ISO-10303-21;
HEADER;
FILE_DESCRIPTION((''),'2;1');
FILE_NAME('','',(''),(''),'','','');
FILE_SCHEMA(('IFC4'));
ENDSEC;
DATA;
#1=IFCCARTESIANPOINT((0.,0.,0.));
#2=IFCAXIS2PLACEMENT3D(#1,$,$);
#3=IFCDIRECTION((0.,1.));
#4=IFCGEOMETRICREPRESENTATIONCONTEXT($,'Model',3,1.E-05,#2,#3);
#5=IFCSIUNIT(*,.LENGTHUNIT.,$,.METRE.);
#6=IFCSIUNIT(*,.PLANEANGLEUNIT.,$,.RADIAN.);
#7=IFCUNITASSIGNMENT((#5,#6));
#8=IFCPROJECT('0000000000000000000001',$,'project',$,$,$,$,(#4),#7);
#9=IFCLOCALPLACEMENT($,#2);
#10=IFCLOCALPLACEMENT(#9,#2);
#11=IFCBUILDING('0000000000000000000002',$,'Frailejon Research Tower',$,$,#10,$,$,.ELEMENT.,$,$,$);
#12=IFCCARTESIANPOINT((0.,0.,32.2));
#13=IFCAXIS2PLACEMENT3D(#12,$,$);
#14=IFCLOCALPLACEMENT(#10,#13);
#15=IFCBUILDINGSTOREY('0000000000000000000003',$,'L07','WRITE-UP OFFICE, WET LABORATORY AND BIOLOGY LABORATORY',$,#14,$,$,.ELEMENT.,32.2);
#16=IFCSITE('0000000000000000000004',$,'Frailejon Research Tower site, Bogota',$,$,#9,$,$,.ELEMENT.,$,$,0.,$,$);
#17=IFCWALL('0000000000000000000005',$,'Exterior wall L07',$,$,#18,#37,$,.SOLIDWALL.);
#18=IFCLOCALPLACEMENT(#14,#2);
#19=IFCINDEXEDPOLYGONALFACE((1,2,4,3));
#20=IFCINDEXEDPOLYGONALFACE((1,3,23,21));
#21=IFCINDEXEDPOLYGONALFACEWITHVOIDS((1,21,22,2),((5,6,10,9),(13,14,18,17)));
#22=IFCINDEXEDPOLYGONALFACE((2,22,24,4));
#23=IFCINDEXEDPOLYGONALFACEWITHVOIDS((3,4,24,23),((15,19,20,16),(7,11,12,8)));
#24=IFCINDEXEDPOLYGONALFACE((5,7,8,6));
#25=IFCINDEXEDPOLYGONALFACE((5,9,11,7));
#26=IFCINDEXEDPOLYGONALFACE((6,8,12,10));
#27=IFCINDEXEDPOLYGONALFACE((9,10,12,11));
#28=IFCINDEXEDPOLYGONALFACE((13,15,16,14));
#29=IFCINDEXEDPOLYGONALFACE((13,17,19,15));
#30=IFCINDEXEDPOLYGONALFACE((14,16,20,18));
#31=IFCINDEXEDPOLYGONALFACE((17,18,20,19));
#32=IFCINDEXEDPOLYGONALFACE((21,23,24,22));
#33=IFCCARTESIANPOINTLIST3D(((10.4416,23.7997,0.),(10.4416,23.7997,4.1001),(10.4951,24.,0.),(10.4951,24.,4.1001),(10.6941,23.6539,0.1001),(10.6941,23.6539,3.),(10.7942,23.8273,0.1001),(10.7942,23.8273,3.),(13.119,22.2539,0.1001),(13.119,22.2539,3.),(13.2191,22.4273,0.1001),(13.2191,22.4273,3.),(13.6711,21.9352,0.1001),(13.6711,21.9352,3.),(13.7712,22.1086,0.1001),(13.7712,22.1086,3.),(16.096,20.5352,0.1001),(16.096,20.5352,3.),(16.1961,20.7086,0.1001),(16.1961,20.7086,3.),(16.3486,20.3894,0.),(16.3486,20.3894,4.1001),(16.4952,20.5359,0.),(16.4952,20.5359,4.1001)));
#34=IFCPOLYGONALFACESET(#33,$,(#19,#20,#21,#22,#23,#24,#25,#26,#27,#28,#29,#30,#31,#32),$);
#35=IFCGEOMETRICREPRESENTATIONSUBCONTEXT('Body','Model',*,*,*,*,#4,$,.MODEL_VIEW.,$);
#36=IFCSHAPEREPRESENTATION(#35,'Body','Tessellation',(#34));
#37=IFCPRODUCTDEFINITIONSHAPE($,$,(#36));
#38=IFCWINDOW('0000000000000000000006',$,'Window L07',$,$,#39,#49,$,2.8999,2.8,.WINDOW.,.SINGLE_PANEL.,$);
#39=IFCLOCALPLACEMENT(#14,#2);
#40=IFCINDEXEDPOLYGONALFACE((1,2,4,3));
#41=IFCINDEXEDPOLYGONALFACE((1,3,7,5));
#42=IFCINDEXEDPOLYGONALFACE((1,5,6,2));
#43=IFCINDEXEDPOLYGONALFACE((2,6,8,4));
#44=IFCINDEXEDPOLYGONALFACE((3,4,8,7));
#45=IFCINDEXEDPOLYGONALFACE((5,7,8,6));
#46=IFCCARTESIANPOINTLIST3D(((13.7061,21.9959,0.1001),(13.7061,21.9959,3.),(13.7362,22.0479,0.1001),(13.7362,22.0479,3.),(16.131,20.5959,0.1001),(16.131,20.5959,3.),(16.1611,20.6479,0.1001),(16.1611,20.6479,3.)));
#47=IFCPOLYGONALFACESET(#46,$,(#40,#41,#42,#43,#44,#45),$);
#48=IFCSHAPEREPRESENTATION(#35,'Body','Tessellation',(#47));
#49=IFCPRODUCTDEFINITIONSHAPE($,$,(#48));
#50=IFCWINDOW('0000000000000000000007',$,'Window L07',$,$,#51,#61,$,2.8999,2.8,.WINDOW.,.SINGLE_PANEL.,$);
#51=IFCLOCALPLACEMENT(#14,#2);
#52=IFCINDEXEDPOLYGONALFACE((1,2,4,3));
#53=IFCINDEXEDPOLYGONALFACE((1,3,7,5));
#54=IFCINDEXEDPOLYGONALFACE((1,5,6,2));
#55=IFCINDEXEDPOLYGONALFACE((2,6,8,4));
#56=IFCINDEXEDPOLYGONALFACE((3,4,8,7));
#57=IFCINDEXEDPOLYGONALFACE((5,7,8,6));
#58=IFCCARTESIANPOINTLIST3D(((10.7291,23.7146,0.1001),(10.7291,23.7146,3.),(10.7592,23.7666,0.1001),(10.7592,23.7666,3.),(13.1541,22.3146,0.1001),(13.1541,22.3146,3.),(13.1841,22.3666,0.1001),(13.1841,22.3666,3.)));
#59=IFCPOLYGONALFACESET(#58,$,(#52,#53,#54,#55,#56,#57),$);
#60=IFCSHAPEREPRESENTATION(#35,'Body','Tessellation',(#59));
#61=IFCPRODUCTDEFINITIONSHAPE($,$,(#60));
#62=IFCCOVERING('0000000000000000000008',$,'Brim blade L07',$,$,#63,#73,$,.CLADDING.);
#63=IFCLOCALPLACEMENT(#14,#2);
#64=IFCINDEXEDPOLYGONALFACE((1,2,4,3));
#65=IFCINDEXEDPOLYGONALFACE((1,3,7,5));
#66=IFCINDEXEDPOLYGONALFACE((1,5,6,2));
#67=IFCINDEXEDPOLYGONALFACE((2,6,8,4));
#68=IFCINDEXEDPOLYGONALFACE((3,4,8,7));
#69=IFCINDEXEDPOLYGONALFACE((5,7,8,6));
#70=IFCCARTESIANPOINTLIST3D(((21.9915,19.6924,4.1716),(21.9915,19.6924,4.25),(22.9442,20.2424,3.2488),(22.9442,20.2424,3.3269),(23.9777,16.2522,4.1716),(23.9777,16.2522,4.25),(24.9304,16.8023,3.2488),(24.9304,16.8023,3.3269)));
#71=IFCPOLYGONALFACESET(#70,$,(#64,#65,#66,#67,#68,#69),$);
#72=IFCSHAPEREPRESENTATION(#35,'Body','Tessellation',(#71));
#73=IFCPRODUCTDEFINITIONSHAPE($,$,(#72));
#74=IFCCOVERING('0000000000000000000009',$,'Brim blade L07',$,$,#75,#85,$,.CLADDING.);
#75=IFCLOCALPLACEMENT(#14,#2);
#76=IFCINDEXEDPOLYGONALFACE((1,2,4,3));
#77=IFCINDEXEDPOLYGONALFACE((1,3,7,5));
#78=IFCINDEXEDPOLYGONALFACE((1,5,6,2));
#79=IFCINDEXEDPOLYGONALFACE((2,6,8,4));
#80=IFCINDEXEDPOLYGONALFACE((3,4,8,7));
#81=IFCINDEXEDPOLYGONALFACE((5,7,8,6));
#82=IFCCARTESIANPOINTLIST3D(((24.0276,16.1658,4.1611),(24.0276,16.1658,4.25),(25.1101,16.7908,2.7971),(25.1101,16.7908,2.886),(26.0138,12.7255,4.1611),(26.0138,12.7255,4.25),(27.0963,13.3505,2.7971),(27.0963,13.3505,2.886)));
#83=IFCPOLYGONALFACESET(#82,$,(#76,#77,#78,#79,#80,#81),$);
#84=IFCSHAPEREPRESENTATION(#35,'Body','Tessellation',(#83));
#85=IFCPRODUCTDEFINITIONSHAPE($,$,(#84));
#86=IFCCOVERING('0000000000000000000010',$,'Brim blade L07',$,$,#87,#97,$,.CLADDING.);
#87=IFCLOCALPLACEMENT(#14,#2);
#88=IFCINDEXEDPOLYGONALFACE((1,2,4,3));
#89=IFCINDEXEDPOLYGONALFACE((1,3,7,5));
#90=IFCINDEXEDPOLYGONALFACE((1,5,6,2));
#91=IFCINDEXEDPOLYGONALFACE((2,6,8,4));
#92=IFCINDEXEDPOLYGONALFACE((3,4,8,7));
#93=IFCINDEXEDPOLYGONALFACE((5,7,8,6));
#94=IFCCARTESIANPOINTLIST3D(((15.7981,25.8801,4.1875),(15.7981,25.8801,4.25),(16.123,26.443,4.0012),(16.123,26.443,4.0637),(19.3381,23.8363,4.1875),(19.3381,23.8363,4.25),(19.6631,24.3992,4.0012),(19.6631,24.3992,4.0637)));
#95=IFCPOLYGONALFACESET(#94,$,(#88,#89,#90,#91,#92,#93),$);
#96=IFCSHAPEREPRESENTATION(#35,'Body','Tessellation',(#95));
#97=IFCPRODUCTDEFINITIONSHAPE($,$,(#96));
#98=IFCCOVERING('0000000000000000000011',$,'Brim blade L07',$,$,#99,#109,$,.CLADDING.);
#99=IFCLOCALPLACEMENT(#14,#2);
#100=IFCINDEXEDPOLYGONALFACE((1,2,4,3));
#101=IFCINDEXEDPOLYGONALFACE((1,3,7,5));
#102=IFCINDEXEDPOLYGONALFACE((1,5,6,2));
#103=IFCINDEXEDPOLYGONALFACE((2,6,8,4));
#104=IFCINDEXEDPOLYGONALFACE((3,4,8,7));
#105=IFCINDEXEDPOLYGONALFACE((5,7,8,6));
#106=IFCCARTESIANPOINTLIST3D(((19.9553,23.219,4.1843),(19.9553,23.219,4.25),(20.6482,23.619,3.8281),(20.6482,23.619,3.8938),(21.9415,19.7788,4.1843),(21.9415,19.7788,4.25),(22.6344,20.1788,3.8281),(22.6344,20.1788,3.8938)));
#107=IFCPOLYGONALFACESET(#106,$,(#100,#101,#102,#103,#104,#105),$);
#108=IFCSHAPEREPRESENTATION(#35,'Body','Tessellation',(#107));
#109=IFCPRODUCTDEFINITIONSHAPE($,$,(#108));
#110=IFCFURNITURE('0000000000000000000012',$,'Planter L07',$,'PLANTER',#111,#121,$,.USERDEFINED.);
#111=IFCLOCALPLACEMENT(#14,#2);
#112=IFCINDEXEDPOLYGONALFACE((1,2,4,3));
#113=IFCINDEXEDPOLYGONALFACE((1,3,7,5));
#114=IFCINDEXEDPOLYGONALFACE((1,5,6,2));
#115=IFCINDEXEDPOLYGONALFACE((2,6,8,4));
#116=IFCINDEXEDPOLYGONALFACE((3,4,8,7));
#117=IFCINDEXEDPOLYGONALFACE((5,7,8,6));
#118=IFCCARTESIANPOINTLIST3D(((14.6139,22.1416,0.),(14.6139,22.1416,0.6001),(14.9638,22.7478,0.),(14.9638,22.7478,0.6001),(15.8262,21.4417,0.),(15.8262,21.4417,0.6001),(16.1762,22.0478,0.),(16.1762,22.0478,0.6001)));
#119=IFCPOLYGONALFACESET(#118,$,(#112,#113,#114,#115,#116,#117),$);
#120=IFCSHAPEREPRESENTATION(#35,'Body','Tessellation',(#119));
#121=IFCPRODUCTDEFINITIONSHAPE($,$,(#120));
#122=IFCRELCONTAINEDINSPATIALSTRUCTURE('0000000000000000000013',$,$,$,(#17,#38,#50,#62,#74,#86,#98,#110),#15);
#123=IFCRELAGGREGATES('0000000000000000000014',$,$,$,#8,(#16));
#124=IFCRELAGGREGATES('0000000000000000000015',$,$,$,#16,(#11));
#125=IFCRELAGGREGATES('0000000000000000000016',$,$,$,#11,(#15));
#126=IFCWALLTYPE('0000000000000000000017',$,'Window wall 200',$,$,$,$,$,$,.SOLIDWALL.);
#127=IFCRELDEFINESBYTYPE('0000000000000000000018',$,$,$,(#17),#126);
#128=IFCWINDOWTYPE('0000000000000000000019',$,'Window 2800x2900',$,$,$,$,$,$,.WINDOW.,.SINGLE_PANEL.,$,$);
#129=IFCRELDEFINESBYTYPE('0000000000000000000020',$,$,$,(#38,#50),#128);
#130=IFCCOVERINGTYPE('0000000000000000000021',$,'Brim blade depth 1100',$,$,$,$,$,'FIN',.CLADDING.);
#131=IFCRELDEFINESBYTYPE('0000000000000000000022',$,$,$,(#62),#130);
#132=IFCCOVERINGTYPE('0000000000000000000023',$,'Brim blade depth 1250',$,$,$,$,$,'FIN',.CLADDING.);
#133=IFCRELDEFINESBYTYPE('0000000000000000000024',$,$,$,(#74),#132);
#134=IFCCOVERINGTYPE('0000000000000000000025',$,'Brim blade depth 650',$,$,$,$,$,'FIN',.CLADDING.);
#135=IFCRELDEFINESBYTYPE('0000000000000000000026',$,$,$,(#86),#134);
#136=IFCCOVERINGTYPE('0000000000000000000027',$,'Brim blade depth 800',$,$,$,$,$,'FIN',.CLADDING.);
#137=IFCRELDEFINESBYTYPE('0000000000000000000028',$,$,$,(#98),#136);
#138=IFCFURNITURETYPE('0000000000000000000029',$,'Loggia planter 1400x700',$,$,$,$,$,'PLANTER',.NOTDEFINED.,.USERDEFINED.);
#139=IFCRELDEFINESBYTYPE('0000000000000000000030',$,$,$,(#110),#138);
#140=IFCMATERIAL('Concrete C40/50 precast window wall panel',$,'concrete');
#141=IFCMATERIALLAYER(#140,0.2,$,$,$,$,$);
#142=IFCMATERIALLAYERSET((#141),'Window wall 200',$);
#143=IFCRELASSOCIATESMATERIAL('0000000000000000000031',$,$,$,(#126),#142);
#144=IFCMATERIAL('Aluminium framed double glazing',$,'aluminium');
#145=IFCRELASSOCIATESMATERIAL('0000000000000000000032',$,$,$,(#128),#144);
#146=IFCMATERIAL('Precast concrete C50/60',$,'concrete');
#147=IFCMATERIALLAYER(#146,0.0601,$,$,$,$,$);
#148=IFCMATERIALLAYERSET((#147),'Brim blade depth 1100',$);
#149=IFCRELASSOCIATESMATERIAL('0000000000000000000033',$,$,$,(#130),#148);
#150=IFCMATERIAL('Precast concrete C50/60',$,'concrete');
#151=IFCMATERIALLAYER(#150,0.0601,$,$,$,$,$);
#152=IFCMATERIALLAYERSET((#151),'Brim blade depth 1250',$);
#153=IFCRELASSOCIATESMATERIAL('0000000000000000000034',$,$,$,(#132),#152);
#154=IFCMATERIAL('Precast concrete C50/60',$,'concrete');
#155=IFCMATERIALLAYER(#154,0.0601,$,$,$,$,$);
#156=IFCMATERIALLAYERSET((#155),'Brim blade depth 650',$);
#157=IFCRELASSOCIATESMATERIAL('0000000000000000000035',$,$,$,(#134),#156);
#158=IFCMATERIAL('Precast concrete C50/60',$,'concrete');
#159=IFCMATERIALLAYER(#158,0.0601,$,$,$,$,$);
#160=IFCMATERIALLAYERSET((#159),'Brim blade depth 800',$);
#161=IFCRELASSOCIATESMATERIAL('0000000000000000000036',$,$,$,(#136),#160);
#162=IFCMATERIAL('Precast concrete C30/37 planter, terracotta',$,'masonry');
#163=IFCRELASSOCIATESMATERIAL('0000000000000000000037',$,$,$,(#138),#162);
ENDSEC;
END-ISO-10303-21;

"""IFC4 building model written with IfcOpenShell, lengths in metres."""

from ifc_helpers import new_model, si_unit, direction, frame, frame_2d, origin, origin_2d, place, context, subcontext, project, spatial, polyline, rectangle, outline, extrude, material, layer, layer_set, type_object, element, fill, save


model = new_model("IFC4")

# Units and contexts
model_context = context("Model", 3, precision=1e-05, world=origin(), true_north=direction((0.0, 1.0)))
body_context = subcontext(model_context, "Body", "Model", "MODEL_VIEW")
ifc_project = project(units=[si_unit("LENGTHUNIT", "METRE"), si_unit("PLANEANGLEUNIT", "RADIAN")], contexts=[model_context])

# Site, building, storey
site_placement = place(None, origin())
site = spatial("IfcSite", under=ifc_project, at=site_placement, Name="Frailejon Research Tower site, Bogota", CompositionType="ELEMENT", RefElevation=0.0)
building_placement = place(site_placement, origin())
building = spatial("IfcBuilding", under=site, at=building_placement, Name="Frailejon Research Tower", CompositionType="ELEMENT")
storey_placement = place(building_placement, frame((0.0, 0.0, 32.2)))
storey = spatial("IfcBuildingStorey", under=building, at=storey_placement, Name="L07", Description="WRITE-UP OFFICE, WET LABORATORY AND BIOLOGY LABORATORY", CompositionType="ELEMENT", Elevation=32.2)

# Wall, openings, windows
ifc_material_1 = material(Name="Concrete C40/50 precast window wall panel", Category="concrete")
ifc_layer_1 = layer(ifc_material_1, 0.2)
ifc_layer_set_1 = layer_set([ifc_layer_1], Name="Window wall 200")
wall_type_1 = type_object("IfcWallType", Name="Window wall 200", PredefinedType="SOLIDWALL", material=ifc_layer_set_1)
wall_1_placement = place(storey_placement, frame((16.4219, 20.4626, 0.0), z_axis=(0.0, 0.0, 1.0), x_axis=(-0.866029, 0.499993, 0.0)))
wall_1 = element("IfcWall", 1, at=wall_1_placement, inside=storey, type_object=wall_type_1, Name="Exterior wall L07", PredefinedType="SOLIDWALL", context=body_context, shape_type="SweptSolid", body=[
    extrude(outline(polyline([(-0.0269, -0.1001), (1.1279, -0.1001), (2.2825, -0.1001), (3.4373, -0.1001), (4.592, -0.1001), (5.7466, -0.1001), (6.9014, -0.1001), (6.8477, 0.1001), (5.7109, 0.1001), (4.574, 0.1001), (3.4373, 0.1001), (2.3005, 0.1001), (1.1636, 0.1001), (0.0269, 0.1001), (-0.0269, -0.1001)])), origin(), (0.0, 0.0, 1.0), 4.1001),
])
opening_1_placement = place(wall_1_placement, frame((0.3186, 0.0, 0.1001)))
opening_1 = element("IfcOpeningElement", 2, at=opening_1_placement, cuts=wall_1, PredefinedType="OPENING", context=body_context, shape_type="SweptSolid", body=[
    extrude(rectangle(XDim=2.8, YDim=2.8999, at=frame_2d((1.3999, 1.45))), frame((0.0, 0.1099, 0.0), z_axis=(0.0, -1.0, 0.0), x_axis=(1.0, 0.0, 0.0)), (0.0, 0.0, 1.0), 0.22),
])
opening_2_placement = place(wall_1_placement, frame((3.7561, 0.0, 0.1001)))
opening_2 = element("IfcOpeningElement", 3, at=opening_2_placement, cuts=wall_1, PredefinedType="OPENING", context=body_context, shape_type="SweptSolid", body=[
    extrude(rectangle(XDim=2.8, YDim=2.8999, at=frame_2d((1.3999, 1.45))), frame((0.0, 0.1099, 0.0), z_axis=(0.0, -1.0, 0.0), x_axis=(1.0, 0.0, 0.0)), (0.0, 0.0, 1.0), 0.22),
])
ifc_material_2 = material(Name="Aluminium framed double glazing", Category="aluminium")
window_type = type_object("IfcWindowType", Name="Window 2800x2900", PartitioningType="SINGLE_PANEL", PredefinedType="WINDOW", material=ifc_material_2)
window_1_placement = place(opening_1_placement, origin())
window_1 = element("IfcWindow", 4, at=window_1_placement, inside=storey, type_object=window_type, Name="Window L07", OverallHeight=2.8999, OverallWidth=2.8, PartitioningType="SINGLE_PANEL", PredefinedType="WINDOW", context=body_context, shape_type="SweptSolid", body=[
    extrude(rectangle(XDim=2.8, YDim=2.8999, at=frame_2d((1.3999, 1.45))), frame((0.0, 0.03, 0.0), z_axis=(0.0, -1.0, 0.0), x_axis=(1.0, 0.0, 0.0)), (0.0, 0.0, 1.0), 0.0601),
])
fill(opening_1, window_1)
window_2_placement = place(opening_2_placement, origin())
window_2 = element("IfcWindow", 5, at=window_2_placement, inside=storey, type_object=window_type, Name="Window L07", OverallHeight=2.8999, OverallWidth=2.8, PartitioningType="SINGLE_PANEL", PredefinedType="WINDOW", context=body_context, shape_type="SweptSolid", body=[
    extrude(rectangle(XDim=2.8, YDim=2.8999, at=frame_2d((1.3999, 1.45))), frame((0.0, 0.03, 0.0), z_axis=(0.0, -1.0, 0.0), x_axis=(1.0, 0.0, 0.0)), (0.0, 0.0, 1.0), 0.0601),
])
fill(opening_2, window_2)

# Coverings
ifc_material_3 = material(Name="Precast concrete C50/60", Category="concrete")
ifc_layer_2 = layer(ifc_material_3, 0.0601)
ifc_layer_set_2 = layer_set([ifc_layer_2], Name="Brim blade depth 1100")
covering_type_1 = type_object("IfcCoveringType", Name="Brim blade depth 1100", ElementType="FIN", PredefinedType="CLADDING", material=ifc_layer_set_2)
covering_1_placement = place(storey_placement, frame((21.9915, 19.6924, 4.25), z_axis=(0.500011, -0.866019, 0.0), x_axis=(0.866019, 0.500011, 0.0)))
element("IfcCovering", 6, at=covering_1_placement, inside=storey, type_object=covering_type_1, Name="Brim blade L07", PredefinedType="CLADDING", context=body_context, shape_type="SweptSolid", body=[
    extrude(outline(polyline([(0.0, -0.0784), (1.1001, -1.0012), (1.1001, -0.9231), (0.0, 0.0), (0.0, -0.0784)])), origin(), (0.0, 0.0, 1.0), 3.9724),
])
ifc_material_4 = material(Name="Precast concrete C50/60", Category="concrete")
ifc_layer_3 = layer(ifc_material_4, 0.0601)
ifc_layer_set_3 = layer_set([ifc_layer_3], Name="Brim blade depth 1250")
covering_type_2 = type_object("IfcCoveringType", Name="Brim blade depth 1250", ElementType="FIN", PredefinedType="CLADDING", material=ifc_layer_set_3)
covering_2_placement = place(storey_placement, frame((24.0276, 16.1658, 4.25), z_axis=(0.499992, -0.86603, 0.0), x_axis=(0.86603, 0.499992, 0.0)))
element("IfcCovering", 7, at=covering_2_placement, inside=storey, type_object=covering_type_2, Name="Brim blade L07", PredefinedType="CLADDING", context=body_context, shape_type="SweptSolid", body=[
    extrude(outline(polyline([(0.0, -0.0889), (1.25, -1.4529), (1.25, -1.364), (0.0, 0.0), (0.0, -0.0889)])), origin(), (0.0, 0.0, 1.0), 3.9724),
])
ifc_material_5 = material(Name="Precast concrete C50/60", Category="concrete")
ifc_layer_4 = layer(ifc_material_5, 0.0601)
ifc_layer_set_4 = layer_set([ifc_layer_4], Name="Brim blade depth 650")
covering_type_3 = type_object("IfcCoveringType", Name="Brim blade depth 650", ElementType="FIN", PredefinedType="CLADDING", material=ifc_layer_set_4)
covering_3_placement = place(storey_placement, frame((15.7981, 25.8801, 4.25), z_axis=(0.866027, -0.499997, 0.0), x_axis=(0.499997, 0.866027, 0.0)))
element("IfcCovering", 8, at=covering_3_placement, inside=storey, type_object=covering_type_3, Name="Brim blade L07", PredefinedType="CLADDING", context=body_context, shape_type="SweptSolid", body=[
    extrude(outline(polyline([(0.0, -0.0625), (0.6499, -0.2488), (0.6499, -0.1863), (0.0, 0.0), (0.0, -0.0625)])), origin(), (0.0, 0.0, 1.0), 4.0876),
])
ifc_material_6 = material(Name="Precast concrete C50/60", Category="concrete")
ifc_layer_5 = layer(ifc_material_6, 0.0601)
ifc_layer_set_5 = layer_set([ifc_layer_5], Name="Brim blade depth 800")
covering_type_4 = type_object("IfcCoveringType", Name="Brim blade depth 800", ElementType="FIN", PredefinedType="CLADDING", material=ifc_layer_set_5)
covering_4_placement = place(storey_placement, frame((19.9553, 23.219, 4.25), z_axis=(0.499992, -0.86603, 0.0), x_axis=(0.86603, 0.499992, 0.0)))
element("IfcCovering", 9, at=covering_4_placement, inside=storey, type_object=covering_type_4, Name="Brim blade L07", PredefinedType="CLADDING", context=body_context, shape_type="SweptSolid", body=[
    extrude(outline(polyline([(0.0, -0.0657), (0.8, -0.4219), (0.8, -0.3562), (0.0, 0.0), (0.0, -0.0657)])), origin(), (0.0, 0.0, 1.0), 3.9724),
])

# Furniture
ifc_material_7 = material(Name="Precast concrete C30/37 planter, terracotta", Category="masonry")
furniture_type = type_object("IfcFurnitureType", Name="Loggia planter 1400x700", ElementType="PLANTER", AssemblyPlace="NOTDEFINED", PredefinedType="USERDEFINED", material=ifc_material_7)
furniture_placement = place(storey_placement, frame((15.395, 22.0947, 0.0), z_axis=(0.0, 0.0, 1.0), x_axis=(-0.866025, 0.5, 0.0)))
element("IfcFurniture", 10, at=furniture_placement, inside=storey, type_object=furniture_type, Name="Planter L07", ObjectType="PLANTER", PredefinedType="USERDEFINED", context=body_context, shape_type="SweptSolid", body=[
    extrude(rectangle(XDim=1.3999, YDim=0.7, at=origin_2d()), origin(), (0.0, 0.0, 1.0), 0.6001),
])

save(model, "model.ifc")
